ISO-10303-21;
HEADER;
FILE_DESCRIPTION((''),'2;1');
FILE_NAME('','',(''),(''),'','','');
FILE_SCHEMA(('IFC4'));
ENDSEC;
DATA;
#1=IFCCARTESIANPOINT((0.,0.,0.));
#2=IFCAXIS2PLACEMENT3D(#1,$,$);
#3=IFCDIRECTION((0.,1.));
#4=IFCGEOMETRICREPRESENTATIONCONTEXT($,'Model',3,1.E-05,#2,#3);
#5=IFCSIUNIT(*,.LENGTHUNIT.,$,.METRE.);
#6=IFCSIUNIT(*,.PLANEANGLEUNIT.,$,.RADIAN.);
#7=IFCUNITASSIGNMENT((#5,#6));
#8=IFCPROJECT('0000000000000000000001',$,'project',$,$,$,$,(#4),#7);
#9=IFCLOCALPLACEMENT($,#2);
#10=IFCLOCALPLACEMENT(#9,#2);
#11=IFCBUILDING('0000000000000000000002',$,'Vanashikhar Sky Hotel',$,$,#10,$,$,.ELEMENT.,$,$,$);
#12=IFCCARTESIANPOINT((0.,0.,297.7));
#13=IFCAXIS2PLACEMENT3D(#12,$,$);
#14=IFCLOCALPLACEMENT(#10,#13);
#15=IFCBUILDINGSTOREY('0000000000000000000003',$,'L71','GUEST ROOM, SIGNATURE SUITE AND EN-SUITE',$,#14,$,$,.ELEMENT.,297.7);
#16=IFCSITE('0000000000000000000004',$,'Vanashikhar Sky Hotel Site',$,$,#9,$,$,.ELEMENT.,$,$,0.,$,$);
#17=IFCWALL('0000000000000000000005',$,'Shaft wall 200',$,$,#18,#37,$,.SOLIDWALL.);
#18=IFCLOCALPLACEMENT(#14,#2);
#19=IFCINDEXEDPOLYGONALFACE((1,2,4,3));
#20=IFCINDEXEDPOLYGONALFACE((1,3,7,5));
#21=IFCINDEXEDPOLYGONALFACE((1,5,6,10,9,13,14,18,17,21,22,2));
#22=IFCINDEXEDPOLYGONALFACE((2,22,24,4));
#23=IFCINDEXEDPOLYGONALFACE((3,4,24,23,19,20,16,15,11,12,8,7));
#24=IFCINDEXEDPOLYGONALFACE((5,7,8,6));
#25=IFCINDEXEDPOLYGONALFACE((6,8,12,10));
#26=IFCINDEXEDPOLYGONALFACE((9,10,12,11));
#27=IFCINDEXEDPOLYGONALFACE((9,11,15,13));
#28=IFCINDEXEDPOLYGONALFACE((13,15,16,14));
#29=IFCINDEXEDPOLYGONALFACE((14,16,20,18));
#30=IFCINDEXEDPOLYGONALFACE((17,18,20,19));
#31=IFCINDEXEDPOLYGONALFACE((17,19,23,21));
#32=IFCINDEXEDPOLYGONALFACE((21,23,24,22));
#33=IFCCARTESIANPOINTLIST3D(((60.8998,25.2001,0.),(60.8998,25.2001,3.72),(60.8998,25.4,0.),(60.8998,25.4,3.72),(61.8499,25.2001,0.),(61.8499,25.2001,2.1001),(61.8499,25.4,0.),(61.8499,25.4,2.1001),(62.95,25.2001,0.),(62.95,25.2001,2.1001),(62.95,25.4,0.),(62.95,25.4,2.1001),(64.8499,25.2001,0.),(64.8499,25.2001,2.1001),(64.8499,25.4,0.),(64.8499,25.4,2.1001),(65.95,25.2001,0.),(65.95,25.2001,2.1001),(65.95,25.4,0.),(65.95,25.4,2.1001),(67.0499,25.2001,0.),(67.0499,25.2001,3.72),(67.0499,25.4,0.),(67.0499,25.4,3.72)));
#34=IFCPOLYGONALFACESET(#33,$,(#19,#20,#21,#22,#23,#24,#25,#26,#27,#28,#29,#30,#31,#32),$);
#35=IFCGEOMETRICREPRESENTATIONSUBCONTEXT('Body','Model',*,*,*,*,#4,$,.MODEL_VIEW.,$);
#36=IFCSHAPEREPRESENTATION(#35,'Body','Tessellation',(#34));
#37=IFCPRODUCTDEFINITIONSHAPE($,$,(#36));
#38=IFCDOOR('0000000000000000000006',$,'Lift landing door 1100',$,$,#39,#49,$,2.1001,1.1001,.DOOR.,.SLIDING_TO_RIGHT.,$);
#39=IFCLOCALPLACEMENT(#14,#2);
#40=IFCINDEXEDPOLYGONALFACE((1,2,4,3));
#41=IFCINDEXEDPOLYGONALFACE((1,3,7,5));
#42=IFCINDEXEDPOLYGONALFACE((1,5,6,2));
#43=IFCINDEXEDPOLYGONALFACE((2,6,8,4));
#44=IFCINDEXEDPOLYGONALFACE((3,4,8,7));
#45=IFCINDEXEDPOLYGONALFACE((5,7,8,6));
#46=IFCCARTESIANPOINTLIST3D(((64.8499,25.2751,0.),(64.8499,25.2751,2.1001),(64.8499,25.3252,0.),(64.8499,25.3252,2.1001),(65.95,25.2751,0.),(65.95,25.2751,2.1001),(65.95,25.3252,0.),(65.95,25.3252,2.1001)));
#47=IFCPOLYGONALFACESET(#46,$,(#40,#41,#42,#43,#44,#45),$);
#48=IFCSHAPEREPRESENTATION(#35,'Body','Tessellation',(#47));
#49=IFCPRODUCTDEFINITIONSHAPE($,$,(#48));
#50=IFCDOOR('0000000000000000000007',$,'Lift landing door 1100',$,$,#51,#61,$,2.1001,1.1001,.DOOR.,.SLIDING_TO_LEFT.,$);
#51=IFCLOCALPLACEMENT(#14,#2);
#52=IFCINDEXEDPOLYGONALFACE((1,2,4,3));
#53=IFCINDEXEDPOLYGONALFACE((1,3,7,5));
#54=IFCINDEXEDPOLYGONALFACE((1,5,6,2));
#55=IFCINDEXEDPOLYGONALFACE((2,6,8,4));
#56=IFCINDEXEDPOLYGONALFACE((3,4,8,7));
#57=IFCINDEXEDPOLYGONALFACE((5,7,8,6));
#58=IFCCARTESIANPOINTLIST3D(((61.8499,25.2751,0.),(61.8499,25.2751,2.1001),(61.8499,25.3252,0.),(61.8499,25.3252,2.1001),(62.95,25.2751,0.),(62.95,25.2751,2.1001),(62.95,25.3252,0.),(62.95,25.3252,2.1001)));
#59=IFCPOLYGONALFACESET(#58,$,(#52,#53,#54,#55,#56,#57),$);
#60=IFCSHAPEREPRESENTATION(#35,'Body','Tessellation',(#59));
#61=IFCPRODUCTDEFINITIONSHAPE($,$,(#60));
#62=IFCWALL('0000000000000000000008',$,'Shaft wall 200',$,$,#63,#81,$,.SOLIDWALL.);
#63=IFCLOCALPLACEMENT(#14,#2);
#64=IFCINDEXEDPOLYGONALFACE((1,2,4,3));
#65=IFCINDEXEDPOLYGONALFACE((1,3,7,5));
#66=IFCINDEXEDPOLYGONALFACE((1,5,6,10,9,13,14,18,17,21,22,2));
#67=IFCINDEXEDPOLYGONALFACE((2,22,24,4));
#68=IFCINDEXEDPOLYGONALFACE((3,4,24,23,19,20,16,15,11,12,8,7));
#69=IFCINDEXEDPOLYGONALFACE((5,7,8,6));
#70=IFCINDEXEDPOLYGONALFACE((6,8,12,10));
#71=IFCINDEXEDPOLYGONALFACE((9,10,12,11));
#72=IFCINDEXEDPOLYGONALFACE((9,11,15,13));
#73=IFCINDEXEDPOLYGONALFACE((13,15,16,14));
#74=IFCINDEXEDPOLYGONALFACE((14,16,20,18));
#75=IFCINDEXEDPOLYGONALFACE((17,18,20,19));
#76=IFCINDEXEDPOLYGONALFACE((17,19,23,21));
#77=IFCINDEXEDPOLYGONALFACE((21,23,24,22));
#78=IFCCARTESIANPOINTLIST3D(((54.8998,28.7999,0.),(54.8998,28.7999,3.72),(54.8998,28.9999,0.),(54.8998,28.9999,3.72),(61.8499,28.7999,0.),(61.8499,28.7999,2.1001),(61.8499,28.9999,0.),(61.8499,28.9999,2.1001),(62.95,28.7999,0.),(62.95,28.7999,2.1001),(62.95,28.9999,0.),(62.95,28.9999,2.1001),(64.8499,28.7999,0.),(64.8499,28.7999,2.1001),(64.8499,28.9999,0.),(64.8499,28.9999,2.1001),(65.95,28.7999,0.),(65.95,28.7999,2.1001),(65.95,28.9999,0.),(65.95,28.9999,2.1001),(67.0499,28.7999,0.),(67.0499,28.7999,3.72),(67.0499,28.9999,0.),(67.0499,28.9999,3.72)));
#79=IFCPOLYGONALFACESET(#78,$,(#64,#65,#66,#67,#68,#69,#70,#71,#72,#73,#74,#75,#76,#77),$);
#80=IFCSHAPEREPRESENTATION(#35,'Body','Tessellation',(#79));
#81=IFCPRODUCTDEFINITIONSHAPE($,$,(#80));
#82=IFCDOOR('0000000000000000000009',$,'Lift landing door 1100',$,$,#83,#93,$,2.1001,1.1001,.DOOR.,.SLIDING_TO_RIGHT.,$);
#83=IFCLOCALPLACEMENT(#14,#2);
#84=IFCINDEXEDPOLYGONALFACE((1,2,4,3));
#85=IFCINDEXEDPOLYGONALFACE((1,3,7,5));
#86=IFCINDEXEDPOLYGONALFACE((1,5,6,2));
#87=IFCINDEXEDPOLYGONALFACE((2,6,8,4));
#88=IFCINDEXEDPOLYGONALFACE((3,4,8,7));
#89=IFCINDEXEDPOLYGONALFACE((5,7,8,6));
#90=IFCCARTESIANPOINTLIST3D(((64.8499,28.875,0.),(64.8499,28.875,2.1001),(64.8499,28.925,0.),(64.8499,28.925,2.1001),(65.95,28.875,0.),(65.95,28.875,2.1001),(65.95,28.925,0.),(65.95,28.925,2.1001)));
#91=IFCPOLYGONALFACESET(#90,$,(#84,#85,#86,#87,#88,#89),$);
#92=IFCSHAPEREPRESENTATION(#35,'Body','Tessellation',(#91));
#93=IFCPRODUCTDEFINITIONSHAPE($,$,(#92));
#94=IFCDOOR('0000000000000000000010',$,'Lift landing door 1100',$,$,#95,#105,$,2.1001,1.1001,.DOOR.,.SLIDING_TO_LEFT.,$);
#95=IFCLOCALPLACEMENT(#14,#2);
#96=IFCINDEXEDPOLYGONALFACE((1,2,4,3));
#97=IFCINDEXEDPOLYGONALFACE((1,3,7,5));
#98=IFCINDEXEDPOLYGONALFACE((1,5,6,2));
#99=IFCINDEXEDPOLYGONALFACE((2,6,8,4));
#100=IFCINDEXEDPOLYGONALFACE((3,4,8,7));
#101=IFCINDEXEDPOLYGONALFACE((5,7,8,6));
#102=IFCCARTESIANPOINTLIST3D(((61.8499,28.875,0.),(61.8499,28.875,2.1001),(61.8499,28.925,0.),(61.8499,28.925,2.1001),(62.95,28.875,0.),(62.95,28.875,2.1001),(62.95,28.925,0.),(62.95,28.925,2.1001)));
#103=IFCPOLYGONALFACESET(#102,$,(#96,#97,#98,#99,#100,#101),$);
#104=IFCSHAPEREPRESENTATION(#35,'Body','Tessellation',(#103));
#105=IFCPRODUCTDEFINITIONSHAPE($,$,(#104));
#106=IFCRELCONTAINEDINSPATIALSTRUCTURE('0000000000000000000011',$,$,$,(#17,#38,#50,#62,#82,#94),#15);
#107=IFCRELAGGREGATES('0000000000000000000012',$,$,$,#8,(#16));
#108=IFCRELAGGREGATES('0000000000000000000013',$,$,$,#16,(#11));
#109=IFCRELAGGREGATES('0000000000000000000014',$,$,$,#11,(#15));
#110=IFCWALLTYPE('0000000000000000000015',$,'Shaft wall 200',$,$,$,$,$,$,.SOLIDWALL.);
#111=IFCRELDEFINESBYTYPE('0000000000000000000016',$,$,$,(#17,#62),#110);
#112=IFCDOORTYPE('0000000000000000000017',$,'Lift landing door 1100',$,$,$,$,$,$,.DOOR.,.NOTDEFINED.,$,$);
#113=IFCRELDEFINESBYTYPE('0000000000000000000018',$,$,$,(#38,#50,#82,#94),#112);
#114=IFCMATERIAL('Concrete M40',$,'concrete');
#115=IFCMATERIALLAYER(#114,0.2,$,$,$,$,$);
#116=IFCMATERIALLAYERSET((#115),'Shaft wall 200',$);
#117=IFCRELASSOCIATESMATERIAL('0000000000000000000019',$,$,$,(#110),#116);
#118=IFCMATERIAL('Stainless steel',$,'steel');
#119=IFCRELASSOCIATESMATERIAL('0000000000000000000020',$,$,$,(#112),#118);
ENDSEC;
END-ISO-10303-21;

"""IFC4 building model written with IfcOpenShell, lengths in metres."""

from ifc_helpers import new_model, si_unit, direction, frame, frame_2d, origin, place, context, subcontext, project, spatial, rectangle, extrude, source, transform, mapped, material, layer, layer_set, type_object, element, fill, save


model = new_model("IFC4")

# Units and contexts
model_context = context("Model", 3, precision=1e-05, world=origin(), true_north=direction((0.0, 1.0)))
body_context = subcontext(model_context, "Body", "Model", "MODEL_VIEW")
ifc_project = project(units=[si_unit("LENGTHUNIT", "METRE"), si_unit("PLANEANGLEUNIT", "RADIAN")], contexts=[model_context])

# Site, building, storey
site_placement = place(None, origin())
site = spatial("IfcSite", under=ifc_project, at=site_placement, Name="Vanashikhar Sky Hotel Site", CompositionType="ELEMENT", RefElevation=0.0)
building_placement = place(site_placement, origin())
building = spatial("IfcBuilding", under=site, at=building_placement, Name="Vanashikhar Sky Hotel", CompositionType="ELEMENT")
storey_placement = place(building_placement, frame((0.0, 0.0, 297.7)))
storey = spatial("IfcBuildingStorey", under=building, at=storey_placement, Name="L71", Description="GUEST ROOM, SIGNATURE SUITE AND EN-SUITE", CompositionType="ELEMENT", Elevation=297.7)

# Shared definitions
shared_shape_1 = source(origin(), body_context, "Body", "SweptSolid", [
    extrude(rectangle(XDim=1.1001, YDim=2.1001, at=frame_2d((0.55, 1.05))), frame((0.0, 0.0249, 0.0), z_axis=(0.0, -1.0, 0.0), x_axis=(1.0, 0.0, 0.0)), (0.0, 0.0, 1.0), 0.05),
])

# Shared definitions
ifc_material_1 = material(Name="Concrete M40", Category="concrete")
ifc_layer_1 = layer(ifc_material_1, 0.2)
ifc_layer_set_1 = layer_set([ifc_layer_1], Name="Shaft wall 200")
wall_type_1 = type_object("IfcWallType", Name="Shaft wall 200", PredefinedType="SOLIDWALL", material=ifc_layer_set_1)
shared_shape_2 = source(origin(), body_context, "Body", "SweptSolid", [
    extrude(rectangle(XDim=1.1001, YDim=2.1001, at=frame_2d((0.55, 1.05))), frame((0.0, 0.1099, 0.0), z_axis=(0.0, -1.0, 0.0), x_axis=(1.0, 0.0, 0.0)), (0.0, 0.0, 1.0), 0.22),
])
ifc_material_2 = material(Name="Stainless steel", Category="steel")
door_type_1 = type_object("IfcDoorType", Name="Lift landing door 1100", OperationType="NOTDEFINED", PredefinedType="DOOR", material=ifc_material_2)

# Walls, openings, doors
shared_shape_3 = source(origin(), body_context, "Body", "SweptSolid", [
    extrude(rectangle(XDim=6.1501, YDim=0.2, at=frame_2d((3.0752, 0.0))), origin(), (0.0, 0.0, 1.0), 3.72),
])
wall_1_placement = place(storey_placement, frame((67.05, 25.3, 0.0), z_axis=(0.0, 0.0, 1.0), x_axis=(-1.0, 0.0, 0.0)))
wall_1 = element("IfcWall", 1, at=wall_1_placement, inside=storey, type_object=wall_type_1, Name="Shaft wall 200", PredefinedType="SOLIDWALL", context=body_context, shape_type="MappedRepresentation", body=[
    mapped(shared_shape_3, transform((0.0, 0.0, 0.0), scale=1.0)),
])
opening_1_placement = place(wall_1_placement, frame((1.1001, 0.0, 0.0)))
opening_1 = element("IfcOpeningElement", 2, at=opening_1_placement, cuts=wall_1, PredefinedType="OPENING", context=body_context, shape_type="MappedRepresentation", body=[
    mapped(shared_shape_2, transform((0.0, 0.0, 0.0), scale=1.0)),
])
opening_2_placement = place(wall_1_placement, frame((4.1001, 0.0, 0.0)))
opening_2 = element("IfcOpeningElement", 3, at=opening_2_placement, cuts=wall_1, PredefinedType="OPENING", context=body_context, shape_type="MappedRepresentation", body=[
    mapped(shared_shape_2, transform((0.0, 0.0, 0.0), scale=1.0)),
])
door_1_placement = place(opening_1_placement, origin())
door_1 = element("IfcDoor", 4, at=door_1_placement, inside=storey, type_object=door_type_1, Name="Lift landing door 1100", OperationType="SLIDING_TO_RIGHT", OverallHeight=2.1001, OverallWidth=1.1001, PredefinedType="DOOR", context=body_context, shape_type="MappedRepresentation", body=[
    mapped(shared_shape_1, transform((0.0, 0.0, 0.0), scale=1.0)),
])
fill(opening_1, door_1)
door_2_placement = place(opening_2_placement, origin())
door_2 = element("IfcDoor", 5, at=door_2_placement, inside=storey, type_object=door_type_1, Name="Lift landing door 1100", OperationType="SLIDING_TO_LEFT", OverallHeight=2.1001, OverallWidth=1.1001, PredefinedType="DOOR", context=body_context, shape_type="MappedRepresentation", body=[
    mapped(shared_shape_1, transform((0.0, 0.0, 0.0), scale=1.0)),
])
fill(opening_2, door_2)
shared_shape_4 = source(origin(), body_context, "Body", "SweptSolid", [
    extrude(rectangle(XDim=12.1501, YDim=0.2, at=frame_2d((6.0752, 0.0))), origin(), (0.0, 0.0, 1.0), 3.72),
])
wall_2_placement = place(storey_placement, frame((67.05, 28.8999, 0.0), z_axis=(0.0, 0.0, 1.0), x_axis=(-1.0, 0.0, 0.0)))
wall_2 = element("IfcWall", 6, at=wall_2_placement, inside=storey, type_object=wall_type_1, Name="Shaft wall 200", PredefinedType="SOLIDWALL", context=body_context, shape_type="MappedRepresentation", body=[
    mapped(shared_shape_4, transform((0.0, 0.0, 0.0), scale=1.0)),
])
opening_3_placement = place(wall_2_placement, frame((1.1001, 0.0, 0.0)))
opening_3 = element("IfcOpeningElement", 7, at=opening_3_placement, cuts=wall_2, PredefinedType="OPENING", context=body_context, shape_type="MappedRepresentation", body=[
    mapped(shared_shape_2, transform((0.0, 0.0, 0.0), scale=1.0)),
])
opening_4_placement = place(wall_2_placement, frame((4.1001, 0.0, 0.0)))
opening_4 = element("IfcOpeningElement", 8, at=opening_4_placement, cuts=wall_2, PredefinedType="OPENING", context=body_context, shape_type="MappedRepresentation", body=[
    mapped(shared_shape_2, transform((0.0, 0.0, 0.0), scale=1.0)),
])
door_3_placement = place(opening_3_placement, origin())
door_3 = element("IfcDoor", 9, at=door_3_placement, inside=storey, type_object=door_type_1, Name="Lift landing door 1100", OperationType="SLIDING_TO_RIGHT", OverallHeight=2.1001, OverallWidth=1.1001, PredefinedType="DOOR", context=body_context, shape_type="MappedRepresentation", body=[
    mapped(shared_shape_1, transform((0.0, 0.0, 0.0), scale=1.0)),
])
fill(opening_3, door_3)
door_4_placement = place(opening_4_placement, origin())
door_4 = element("IfcDoor", 10, at=door_4_placement, inside=storey, type_object=door_type_1, Name="Lift landing door 1100", OperationType="SLIDING_TO_LEFT", OverallHeight=2.1001, OverallWidth=1.1001, PredefinedType="DOOR", context=body_context, shape_type="MappedRepresentation", body=[
    mapped(shared_shape_1, transform((0.0, 0.0, 0.0), scale=1.0)),
])
fill(opening_4, door_4)

save(model, "model.ifc")
